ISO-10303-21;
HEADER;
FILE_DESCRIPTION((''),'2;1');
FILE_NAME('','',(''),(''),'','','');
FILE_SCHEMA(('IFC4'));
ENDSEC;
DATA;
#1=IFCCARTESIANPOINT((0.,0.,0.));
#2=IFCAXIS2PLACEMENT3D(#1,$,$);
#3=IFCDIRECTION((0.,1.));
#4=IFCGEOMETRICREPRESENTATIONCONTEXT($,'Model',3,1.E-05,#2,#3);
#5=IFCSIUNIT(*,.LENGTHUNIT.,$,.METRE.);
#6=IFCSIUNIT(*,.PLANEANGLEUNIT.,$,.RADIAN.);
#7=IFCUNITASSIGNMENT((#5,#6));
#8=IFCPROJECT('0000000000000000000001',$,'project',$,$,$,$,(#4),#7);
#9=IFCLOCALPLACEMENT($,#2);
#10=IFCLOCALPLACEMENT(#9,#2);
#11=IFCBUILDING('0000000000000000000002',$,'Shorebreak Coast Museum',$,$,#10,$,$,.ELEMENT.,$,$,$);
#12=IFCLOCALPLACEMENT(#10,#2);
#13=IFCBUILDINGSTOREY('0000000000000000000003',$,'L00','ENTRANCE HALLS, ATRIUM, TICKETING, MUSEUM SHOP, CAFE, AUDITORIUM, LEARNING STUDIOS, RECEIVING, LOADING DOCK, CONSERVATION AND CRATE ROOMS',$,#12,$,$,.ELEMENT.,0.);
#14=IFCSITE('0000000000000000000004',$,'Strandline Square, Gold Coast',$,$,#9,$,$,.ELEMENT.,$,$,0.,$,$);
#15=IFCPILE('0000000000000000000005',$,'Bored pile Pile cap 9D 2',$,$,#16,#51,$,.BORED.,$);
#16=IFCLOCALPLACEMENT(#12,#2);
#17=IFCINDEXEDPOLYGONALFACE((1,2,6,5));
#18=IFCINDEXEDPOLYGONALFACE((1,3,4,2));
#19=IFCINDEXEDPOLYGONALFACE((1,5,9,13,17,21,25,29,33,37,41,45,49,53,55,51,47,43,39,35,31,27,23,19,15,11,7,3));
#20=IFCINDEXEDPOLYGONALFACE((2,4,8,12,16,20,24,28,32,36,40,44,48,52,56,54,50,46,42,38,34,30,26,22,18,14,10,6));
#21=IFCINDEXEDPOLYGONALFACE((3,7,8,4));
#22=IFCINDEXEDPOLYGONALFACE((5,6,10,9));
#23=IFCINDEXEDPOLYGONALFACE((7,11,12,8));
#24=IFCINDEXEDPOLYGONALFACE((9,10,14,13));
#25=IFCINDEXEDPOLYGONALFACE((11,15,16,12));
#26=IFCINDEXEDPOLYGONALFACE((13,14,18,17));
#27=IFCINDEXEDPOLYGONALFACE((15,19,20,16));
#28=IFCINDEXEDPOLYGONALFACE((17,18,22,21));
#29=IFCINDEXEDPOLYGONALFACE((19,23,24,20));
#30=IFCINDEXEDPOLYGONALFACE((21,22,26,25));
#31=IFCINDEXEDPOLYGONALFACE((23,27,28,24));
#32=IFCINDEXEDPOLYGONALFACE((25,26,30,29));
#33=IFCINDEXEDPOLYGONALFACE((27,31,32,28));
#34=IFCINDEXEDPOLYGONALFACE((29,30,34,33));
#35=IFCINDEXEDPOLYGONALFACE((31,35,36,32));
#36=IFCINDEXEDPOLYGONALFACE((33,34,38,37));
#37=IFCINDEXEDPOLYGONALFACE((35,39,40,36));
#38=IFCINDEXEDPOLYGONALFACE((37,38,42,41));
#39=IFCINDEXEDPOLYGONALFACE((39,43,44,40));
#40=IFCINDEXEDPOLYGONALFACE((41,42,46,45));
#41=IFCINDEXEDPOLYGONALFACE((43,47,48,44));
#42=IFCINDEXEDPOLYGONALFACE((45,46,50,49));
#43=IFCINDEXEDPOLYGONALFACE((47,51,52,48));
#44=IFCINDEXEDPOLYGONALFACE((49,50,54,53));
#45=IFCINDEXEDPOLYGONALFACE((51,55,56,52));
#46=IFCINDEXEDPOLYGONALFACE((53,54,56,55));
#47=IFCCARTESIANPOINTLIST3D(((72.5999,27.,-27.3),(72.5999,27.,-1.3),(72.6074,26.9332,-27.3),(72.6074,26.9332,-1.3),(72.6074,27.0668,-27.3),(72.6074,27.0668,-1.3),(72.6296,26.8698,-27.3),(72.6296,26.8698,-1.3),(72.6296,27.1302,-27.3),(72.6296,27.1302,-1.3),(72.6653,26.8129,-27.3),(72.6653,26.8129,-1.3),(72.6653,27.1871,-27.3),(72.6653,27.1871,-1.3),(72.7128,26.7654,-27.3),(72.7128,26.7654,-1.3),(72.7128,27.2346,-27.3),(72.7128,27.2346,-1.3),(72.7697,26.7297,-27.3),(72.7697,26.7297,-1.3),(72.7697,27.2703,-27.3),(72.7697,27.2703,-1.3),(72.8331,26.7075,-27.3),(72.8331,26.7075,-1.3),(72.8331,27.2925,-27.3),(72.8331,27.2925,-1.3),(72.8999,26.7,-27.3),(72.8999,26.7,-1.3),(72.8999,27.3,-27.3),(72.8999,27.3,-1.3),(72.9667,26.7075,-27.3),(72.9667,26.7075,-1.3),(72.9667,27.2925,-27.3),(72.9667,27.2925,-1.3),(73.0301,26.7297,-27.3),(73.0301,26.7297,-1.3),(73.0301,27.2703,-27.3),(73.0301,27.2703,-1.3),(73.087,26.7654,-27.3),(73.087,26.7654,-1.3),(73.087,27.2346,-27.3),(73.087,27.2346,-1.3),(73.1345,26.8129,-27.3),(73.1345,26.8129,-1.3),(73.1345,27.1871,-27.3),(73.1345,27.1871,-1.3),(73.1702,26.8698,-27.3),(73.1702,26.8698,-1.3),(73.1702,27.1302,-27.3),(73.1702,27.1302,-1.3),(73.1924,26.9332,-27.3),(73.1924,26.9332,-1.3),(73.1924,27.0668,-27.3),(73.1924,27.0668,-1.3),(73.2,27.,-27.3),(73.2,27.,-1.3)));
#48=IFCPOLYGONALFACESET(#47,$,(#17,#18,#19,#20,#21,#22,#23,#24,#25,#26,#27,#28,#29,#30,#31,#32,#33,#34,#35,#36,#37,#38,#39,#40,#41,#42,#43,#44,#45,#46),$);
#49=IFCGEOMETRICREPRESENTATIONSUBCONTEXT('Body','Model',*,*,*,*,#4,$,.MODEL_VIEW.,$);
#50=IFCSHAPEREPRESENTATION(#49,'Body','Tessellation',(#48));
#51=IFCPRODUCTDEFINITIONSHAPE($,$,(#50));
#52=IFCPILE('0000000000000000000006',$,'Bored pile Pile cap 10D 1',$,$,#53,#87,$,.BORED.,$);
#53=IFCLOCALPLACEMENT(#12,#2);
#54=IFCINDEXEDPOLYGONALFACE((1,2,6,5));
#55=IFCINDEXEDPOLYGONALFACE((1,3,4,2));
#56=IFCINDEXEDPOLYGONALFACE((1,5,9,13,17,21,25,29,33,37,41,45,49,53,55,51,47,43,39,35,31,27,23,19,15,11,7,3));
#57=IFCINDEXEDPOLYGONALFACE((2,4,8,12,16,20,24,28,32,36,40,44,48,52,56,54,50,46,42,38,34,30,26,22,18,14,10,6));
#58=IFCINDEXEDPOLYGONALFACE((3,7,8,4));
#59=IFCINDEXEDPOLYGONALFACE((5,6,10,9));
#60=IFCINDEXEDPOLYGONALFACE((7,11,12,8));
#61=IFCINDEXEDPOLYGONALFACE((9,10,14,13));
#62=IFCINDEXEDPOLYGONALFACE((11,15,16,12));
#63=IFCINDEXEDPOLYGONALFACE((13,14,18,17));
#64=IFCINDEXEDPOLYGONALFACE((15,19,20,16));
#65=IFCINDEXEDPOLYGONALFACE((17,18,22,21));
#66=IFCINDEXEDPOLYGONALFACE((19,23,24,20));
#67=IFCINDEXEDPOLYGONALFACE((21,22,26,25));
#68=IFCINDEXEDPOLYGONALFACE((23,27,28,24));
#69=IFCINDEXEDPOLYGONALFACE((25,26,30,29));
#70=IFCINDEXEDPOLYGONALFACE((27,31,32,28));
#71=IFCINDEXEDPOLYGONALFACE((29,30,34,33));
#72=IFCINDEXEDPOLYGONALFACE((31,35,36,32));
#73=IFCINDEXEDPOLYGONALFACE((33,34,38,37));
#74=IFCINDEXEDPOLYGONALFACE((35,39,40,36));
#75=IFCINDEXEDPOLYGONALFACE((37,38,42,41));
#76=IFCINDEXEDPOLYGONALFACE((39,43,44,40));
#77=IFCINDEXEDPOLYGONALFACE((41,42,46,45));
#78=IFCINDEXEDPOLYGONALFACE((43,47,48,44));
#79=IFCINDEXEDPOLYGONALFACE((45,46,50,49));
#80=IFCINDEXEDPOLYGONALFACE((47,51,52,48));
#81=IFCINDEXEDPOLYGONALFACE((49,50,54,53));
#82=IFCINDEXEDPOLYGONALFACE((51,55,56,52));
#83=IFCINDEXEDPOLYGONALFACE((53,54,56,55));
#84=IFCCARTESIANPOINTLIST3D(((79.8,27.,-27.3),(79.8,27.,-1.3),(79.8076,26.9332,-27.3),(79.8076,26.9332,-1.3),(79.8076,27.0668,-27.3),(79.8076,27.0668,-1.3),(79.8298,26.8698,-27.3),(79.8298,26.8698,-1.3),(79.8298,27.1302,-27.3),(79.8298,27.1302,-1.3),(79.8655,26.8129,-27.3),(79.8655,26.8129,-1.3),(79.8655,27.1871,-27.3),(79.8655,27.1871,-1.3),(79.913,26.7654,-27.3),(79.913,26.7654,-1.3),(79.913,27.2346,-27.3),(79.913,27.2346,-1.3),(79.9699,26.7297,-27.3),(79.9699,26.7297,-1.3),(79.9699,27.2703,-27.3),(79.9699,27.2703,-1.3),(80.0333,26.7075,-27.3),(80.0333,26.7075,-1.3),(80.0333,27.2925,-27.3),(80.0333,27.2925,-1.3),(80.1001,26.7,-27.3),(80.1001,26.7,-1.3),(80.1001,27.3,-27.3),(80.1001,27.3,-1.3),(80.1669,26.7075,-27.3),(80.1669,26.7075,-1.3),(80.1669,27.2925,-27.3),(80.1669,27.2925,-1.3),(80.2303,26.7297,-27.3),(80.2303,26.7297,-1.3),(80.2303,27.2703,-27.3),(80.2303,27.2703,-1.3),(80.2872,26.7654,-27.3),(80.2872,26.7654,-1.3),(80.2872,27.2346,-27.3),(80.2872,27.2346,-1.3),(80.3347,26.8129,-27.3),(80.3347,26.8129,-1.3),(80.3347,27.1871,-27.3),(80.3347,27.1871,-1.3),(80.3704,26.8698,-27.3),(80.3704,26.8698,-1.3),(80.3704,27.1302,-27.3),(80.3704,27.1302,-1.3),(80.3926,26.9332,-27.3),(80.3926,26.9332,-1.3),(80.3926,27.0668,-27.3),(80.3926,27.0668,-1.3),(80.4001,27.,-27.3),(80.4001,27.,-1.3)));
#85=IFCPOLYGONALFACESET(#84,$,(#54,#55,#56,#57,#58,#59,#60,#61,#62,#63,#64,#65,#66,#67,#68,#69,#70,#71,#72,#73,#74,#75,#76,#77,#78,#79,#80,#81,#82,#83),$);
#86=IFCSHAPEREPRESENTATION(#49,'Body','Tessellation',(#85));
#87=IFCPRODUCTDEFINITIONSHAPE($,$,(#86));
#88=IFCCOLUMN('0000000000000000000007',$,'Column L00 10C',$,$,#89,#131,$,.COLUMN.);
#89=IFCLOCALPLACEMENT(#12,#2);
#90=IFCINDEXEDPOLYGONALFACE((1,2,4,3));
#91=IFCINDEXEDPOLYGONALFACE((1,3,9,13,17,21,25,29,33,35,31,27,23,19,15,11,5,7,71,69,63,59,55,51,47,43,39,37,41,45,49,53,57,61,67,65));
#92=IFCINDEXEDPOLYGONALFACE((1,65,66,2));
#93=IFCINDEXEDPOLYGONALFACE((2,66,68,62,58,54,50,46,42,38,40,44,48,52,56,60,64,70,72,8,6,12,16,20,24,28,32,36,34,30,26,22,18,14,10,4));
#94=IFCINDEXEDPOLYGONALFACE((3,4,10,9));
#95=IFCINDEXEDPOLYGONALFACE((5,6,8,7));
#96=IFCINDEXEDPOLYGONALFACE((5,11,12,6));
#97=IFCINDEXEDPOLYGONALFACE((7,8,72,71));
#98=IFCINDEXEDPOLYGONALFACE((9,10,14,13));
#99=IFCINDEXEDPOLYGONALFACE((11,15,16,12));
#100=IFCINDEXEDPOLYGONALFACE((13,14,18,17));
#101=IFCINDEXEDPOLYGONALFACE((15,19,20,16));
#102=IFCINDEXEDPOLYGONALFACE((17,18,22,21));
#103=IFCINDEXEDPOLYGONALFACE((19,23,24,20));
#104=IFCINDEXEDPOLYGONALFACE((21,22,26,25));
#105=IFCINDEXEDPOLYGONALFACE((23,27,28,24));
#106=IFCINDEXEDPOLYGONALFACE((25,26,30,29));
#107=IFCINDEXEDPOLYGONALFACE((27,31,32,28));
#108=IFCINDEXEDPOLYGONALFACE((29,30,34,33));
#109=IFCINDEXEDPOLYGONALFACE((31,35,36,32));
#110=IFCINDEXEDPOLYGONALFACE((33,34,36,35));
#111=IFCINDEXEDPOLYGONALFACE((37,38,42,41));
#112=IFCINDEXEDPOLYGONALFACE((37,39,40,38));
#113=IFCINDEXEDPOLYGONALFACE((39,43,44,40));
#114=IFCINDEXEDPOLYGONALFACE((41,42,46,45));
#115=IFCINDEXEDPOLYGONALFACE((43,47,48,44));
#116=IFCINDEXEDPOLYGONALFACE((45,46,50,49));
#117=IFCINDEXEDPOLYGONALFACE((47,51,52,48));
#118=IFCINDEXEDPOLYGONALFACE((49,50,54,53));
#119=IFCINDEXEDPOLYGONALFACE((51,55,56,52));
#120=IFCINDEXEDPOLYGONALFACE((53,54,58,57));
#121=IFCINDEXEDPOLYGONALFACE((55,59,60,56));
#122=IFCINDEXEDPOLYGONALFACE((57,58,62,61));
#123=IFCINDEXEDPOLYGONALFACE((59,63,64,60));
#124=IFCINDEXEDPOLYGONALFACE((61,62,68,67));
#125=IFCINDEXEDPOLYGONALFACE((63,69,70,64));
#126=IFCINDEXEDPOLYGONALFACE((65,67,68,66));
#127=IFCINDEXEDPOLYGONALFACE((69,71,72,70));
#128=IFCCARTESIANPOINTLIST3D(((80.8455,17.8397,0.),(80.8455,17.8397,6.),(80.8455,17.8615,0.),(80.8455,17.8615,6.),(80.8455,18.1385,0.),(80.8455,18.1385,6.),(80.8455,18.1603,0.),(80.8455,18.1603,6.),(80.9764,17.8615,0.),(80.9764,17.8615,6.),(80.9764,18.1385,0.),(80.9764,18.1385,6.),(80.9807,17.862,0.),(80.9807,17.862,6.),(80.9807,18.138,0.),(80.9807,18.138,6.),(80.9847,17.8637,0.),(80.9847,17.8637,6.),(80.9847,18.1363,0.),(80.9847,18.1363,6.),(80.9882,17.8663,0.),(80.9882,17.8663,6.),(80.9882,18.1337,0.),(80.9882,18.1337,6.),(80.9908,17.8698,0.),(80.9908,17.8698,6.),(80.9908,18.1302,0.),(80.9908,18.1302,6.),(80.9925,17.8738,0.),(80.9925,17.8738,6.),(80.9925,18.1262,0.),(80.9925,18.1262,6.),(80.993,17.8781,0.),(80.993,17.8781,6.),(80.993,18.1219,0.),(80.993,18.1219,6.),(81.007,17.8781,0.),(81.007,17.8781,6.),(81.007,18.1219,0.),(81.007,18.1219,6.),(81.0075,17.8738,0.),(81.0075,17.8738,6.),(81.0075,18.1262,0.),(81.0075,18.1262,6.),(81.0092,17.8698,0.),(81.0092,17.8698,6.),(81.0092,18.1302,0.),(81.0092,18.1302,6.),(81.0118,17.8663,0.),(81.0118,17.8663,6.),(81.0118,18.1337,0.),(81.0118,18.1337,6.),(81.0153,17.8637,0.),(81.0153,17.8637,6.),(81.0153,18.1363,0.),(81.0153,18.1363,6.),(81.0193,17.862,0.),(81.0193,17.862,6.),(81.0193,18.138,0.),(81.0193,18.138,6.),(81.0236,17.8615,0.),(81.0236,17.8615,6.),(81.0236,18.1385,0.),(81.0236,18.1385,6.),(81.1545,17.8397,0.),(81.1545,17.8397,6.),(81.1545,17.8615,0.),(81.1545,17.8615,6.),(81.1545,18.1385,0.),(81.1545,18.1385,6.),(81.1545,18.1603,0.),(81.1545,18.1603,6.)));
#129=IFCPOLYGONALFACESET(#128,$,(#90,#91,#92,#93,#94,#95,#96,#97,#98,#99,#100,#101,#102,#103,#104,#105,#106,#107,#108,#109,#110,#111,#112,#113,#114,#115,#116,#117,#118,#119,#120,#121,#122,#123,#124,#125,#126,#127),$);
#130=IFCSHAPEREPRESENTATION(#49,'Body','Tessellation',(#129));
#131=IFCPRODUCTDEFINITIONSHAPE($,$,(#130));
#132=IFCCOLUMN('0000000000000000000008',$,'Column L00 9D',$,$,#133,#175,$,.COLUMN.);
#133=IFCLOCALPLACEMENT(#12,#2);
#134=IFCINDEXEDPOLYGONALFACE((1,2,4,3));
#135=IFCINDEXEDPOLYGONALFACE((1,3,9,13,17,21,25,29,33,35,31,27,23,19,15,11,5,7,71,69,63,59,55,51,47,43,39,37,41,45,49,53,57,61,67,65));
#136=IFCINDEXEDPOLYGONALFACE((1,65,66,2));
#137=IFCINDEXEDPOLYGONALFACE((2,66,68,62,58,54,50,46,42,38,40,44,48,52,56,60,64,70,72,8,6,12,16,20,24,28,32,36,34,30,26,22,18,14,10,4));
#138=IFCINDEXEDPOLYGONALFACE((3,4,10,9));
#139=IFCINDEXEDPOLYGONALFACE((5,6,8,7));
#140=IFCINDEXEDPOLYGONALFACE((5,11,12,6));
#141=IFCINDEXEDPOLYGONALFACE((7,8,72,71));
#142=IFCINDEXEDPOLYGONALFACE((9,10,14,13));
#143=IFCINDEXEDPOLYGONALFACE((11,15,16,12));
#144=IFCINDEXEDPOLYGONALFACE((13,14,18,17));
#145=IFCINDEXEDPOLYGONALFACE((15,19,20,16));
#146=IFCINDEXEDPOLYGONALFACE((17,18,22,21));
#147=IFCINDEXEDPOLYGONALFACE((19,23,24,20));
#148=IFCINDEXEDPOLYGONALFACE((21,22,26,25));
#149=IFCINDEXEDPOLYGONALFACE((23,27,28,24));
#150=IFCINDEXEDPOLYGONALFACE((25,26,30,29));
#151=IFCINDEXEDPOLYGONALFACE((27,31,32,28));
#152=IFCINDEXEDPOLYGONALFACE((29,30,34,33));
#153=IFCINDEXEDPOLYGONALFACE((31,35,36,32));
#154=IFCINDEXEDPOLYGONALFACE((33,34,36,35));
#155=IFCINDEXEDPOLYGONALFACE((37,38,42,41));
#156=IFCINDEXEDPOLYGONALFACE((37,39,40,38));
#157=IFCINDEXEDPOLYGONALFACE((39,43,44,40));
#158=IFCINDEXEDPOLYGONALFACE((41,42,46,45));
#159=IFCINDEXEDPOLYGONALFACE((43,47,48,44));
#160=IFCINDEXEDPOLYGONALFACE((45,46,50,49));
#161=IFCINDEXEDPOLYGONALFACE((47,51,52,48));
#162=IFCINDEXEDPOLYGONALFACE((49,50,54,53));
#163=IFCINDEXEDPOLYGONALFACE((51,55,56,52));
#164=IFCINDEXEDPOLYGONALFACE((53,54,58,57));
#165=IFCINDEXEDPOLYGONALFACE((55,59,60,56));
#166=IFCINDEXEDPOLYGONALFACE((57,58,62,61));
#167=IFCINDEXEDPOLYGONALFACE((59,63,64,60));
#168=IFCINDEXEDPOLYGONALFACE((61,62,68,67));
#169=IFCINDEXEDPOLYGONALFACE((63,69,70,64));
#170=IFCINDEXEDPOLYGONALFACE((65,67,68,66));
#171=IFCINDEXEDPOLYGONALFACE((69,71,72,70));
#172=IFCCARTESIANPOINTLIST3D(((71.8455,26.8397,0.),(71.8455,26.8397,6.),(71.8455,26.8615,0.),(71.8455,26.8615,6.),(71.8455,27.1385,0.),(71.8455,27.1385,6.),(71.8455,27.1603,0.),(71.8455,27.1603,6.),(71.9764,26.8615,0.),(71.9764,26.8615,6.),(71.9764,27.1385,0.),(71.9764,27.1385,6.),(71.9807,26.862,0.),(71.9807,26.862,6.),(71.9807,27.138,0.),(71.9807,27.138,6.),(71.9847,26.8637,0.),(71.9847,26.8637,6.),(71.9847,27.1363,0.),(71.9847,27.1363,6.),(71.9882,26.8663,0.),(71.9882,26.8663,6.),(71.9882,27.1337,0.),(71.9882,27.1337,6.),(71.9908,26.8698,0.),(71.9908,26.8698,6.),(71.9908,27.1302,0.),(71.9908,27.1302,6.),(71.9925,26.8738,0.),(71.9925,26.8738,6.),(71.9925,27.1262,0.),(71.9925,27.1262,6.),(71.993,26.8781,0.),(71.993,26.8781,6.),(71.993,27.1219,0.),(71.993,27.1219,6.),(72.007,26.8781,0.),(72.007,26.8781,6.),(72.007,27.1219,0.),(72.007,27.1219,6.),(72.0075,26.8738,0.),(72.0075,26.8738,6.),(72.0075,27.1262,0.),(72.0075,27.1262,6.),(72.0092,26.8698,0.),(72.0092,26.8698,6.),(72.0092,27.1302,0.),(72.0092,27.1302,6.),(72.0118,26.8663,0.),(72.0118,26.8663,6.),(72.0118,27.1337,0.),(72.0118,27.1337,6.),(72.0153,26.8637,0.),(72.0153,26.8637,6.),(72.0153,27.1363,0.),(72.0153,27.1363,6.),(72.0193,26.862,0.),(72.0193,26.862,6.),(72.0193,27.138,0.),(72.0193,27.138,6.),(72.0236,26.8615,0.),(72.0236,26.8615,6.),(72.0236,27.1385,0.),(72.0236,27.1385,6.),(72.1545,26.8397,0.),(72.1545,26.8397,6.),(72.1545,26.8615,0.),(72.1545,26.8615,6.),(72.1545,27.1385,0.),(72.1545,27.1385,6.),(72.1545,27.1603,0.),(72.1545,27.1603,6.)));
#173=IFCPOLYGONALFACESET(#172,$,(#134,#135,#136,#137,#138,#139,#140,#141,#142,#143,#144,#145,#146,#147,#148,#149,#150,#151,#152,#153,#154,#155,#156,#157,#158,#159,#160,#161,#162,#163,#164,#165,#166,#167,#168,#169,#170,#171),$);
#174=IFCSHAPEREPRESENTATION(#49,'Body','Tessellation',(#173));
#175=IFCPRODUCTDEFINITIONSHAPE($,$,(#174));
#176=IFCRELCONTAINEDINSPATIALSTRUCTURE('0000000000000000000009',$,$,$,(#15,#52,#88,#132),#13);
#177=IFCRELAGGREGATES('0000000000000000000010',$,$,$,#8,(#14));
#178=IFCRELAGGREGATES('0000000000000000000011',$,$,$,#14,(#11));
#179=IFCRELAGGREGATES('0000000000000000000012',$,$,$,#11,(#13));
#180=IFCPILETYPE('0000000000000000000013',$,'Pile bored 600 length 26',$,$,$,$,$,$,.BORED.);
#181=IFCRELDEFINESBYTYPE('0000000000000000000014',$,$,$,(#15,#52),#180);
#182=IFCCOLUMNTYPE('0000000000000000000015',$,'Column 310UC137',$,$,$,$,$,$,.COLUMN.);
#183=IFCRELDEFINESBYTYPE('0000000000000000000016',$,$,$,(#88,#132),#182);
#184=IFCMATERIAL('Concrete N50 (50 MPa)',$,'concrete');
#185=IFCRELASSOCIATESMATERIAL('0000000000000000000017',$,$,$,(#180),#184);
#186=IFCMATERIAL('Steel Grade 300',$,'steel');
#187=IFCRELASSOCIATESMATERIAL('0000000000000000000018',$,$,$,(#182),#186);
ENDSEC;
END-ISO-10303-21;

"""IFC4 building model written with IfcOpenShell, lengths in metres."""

from ifc_helpers import new_model, si_unit, direction, frame, origin, origin_2d, place, context, subcontext, project, spatial, circle, i_section, extrude, material, material_profile, profile_set, type_object, element, save


model = new_model("IFC4")

# Units and contexts
model_context = context("Model", 3, precision=1e-05, world=origin(), true_north=direction((0.0, 1.0)))
body_context = subcontext(model_context, "Body", "Model", "MODEL_VIEW")
ifc_project = project(units=[si_unit("LENGTHUNIT", "METRE"), si_unit("PLANEANGLEUNIT", "RADIAN")], contexts=[model_context])

# Site, building, storey
site_placement = place(None, origin())
site = spatial("IfcSite", under=ifc_project, at=site_placement, Name="Strandline Square, Gold Coast", CompositionType="ELEMENT", RefElevation=0.0)
building_placement = place(site_placement, origin())
building = spatial("IfcBuilding", under=site, at=building_placement, Name="Shorebreak Coast Museum", CompositionType="ELEMENT")
storey_placement = place(building_placement, origin())
storey = spatial("IfcBuildingStorey", under=building, at=storey_placement, Name="L00", Description="ENTRANCE HALLS, ATRIUM, TICKETING, MUSEUM SHOP, CAFE, AUDITORIUM, LEARNING STUDIOS, RECEIVING, LOADING DOCK, CONSERVATION AND CRATE ROOMS", CompositionType="ELEMENT", Elevation=0.0)

# Piles
ifc_material_1 = material(Name="Concrete N50 (50 MPa)", Category="concrete")
ifc_material_profile_1 = material_profile(ifc_material_1, circle(Radius=0.3, at=origin_2d()), Name="Pile bored 600 length 26")
ifc_profile_set_1 = profile_set([ifc_material_profile_1], Name="Concrete N50 (50 MPa)")
pile_type = type_object("IfcPileType", Name="Pile bored 600 length 26", PredefinedType="BORED", material=ifc_profile_set_1)
for number, where, z_axis, x_axis, name in (
    (1, (72.8999, 27.0, -1.3), (0.0, 0.0, -1.0), (1.0, 0.0, 0.0), "Bored pile Pile cap 9D 2"),
    (2, (80.1001, 27.0, -1.3), (0.0, 0.0, -1.0), (1.0, 0.0, 0.0), "Bored pile Pile cap 10D 1"),
):
    element("IfcPile", number, at=place(storey_placement, frame(where, z_axis=z_axis, x_axis=x_axis)), inside=storey, type_object=pile_type, Name=name, PredefinedType="BORED", context=body_context, shape_type="SweptSolid", body=[
        extrude(circle(Radius=0.3, at=origin_2d()), origin(), (0.0, 0.0, 1.0), 26.0),
    ])

# Columns
ifc_material_2 = material(Name="Steel Grade 300", Category="steel")
ifc_material_profile_2 = material_profile(ifc_material_2, i_section(OverallWidth=0.3091, OverallDepth=0.3206, WebThickness=0.0139, FlangeThickness=0.0217, FilletRadius=0.0166, at=origin_2d()), Name="310UC137")
ifc_profile_set_2 = profile_set([ifc_material_profile_2], Name="Steel Grade 300")
column_type = type_object("IfcColumnType", Name="Column 310UC137", PredefinedType="COLUMN", material=ifc_profile_set_2)
for number, where, z_axis, x_axis, name in (
    (3, (81.0, 18.0, 0.0), (0.0, 0.0, 1.0), (1.0, 0.0, 0.0), "Column L00 10C"),
    (4, (72.0, 27.0, 0.0), (0.0, 0.0, 1.0), (1.0, 0.0, 0.0), "Column L00 9D"),
):
    element("IfcColumn", number, at=place(storey_placement, frame(where, z_axis=z_axis, x_axis=x_axis)), inside=storey, type_object=column_type, Name=name, PredefinedType="COLUMN", context=body_context, shape_type="SweptSolid", body=[
        extrude(i_section(OverallWidth=0.3091, OverallDepth=0.3206, WebThickness=0.0139, FlangeThickness=0.0217, FilletRadius=0.0166, at=origin_2d()), origin(), (0.0, 0.0, 1.0), 6.0),
    ])

save(model, "model.ifc")
